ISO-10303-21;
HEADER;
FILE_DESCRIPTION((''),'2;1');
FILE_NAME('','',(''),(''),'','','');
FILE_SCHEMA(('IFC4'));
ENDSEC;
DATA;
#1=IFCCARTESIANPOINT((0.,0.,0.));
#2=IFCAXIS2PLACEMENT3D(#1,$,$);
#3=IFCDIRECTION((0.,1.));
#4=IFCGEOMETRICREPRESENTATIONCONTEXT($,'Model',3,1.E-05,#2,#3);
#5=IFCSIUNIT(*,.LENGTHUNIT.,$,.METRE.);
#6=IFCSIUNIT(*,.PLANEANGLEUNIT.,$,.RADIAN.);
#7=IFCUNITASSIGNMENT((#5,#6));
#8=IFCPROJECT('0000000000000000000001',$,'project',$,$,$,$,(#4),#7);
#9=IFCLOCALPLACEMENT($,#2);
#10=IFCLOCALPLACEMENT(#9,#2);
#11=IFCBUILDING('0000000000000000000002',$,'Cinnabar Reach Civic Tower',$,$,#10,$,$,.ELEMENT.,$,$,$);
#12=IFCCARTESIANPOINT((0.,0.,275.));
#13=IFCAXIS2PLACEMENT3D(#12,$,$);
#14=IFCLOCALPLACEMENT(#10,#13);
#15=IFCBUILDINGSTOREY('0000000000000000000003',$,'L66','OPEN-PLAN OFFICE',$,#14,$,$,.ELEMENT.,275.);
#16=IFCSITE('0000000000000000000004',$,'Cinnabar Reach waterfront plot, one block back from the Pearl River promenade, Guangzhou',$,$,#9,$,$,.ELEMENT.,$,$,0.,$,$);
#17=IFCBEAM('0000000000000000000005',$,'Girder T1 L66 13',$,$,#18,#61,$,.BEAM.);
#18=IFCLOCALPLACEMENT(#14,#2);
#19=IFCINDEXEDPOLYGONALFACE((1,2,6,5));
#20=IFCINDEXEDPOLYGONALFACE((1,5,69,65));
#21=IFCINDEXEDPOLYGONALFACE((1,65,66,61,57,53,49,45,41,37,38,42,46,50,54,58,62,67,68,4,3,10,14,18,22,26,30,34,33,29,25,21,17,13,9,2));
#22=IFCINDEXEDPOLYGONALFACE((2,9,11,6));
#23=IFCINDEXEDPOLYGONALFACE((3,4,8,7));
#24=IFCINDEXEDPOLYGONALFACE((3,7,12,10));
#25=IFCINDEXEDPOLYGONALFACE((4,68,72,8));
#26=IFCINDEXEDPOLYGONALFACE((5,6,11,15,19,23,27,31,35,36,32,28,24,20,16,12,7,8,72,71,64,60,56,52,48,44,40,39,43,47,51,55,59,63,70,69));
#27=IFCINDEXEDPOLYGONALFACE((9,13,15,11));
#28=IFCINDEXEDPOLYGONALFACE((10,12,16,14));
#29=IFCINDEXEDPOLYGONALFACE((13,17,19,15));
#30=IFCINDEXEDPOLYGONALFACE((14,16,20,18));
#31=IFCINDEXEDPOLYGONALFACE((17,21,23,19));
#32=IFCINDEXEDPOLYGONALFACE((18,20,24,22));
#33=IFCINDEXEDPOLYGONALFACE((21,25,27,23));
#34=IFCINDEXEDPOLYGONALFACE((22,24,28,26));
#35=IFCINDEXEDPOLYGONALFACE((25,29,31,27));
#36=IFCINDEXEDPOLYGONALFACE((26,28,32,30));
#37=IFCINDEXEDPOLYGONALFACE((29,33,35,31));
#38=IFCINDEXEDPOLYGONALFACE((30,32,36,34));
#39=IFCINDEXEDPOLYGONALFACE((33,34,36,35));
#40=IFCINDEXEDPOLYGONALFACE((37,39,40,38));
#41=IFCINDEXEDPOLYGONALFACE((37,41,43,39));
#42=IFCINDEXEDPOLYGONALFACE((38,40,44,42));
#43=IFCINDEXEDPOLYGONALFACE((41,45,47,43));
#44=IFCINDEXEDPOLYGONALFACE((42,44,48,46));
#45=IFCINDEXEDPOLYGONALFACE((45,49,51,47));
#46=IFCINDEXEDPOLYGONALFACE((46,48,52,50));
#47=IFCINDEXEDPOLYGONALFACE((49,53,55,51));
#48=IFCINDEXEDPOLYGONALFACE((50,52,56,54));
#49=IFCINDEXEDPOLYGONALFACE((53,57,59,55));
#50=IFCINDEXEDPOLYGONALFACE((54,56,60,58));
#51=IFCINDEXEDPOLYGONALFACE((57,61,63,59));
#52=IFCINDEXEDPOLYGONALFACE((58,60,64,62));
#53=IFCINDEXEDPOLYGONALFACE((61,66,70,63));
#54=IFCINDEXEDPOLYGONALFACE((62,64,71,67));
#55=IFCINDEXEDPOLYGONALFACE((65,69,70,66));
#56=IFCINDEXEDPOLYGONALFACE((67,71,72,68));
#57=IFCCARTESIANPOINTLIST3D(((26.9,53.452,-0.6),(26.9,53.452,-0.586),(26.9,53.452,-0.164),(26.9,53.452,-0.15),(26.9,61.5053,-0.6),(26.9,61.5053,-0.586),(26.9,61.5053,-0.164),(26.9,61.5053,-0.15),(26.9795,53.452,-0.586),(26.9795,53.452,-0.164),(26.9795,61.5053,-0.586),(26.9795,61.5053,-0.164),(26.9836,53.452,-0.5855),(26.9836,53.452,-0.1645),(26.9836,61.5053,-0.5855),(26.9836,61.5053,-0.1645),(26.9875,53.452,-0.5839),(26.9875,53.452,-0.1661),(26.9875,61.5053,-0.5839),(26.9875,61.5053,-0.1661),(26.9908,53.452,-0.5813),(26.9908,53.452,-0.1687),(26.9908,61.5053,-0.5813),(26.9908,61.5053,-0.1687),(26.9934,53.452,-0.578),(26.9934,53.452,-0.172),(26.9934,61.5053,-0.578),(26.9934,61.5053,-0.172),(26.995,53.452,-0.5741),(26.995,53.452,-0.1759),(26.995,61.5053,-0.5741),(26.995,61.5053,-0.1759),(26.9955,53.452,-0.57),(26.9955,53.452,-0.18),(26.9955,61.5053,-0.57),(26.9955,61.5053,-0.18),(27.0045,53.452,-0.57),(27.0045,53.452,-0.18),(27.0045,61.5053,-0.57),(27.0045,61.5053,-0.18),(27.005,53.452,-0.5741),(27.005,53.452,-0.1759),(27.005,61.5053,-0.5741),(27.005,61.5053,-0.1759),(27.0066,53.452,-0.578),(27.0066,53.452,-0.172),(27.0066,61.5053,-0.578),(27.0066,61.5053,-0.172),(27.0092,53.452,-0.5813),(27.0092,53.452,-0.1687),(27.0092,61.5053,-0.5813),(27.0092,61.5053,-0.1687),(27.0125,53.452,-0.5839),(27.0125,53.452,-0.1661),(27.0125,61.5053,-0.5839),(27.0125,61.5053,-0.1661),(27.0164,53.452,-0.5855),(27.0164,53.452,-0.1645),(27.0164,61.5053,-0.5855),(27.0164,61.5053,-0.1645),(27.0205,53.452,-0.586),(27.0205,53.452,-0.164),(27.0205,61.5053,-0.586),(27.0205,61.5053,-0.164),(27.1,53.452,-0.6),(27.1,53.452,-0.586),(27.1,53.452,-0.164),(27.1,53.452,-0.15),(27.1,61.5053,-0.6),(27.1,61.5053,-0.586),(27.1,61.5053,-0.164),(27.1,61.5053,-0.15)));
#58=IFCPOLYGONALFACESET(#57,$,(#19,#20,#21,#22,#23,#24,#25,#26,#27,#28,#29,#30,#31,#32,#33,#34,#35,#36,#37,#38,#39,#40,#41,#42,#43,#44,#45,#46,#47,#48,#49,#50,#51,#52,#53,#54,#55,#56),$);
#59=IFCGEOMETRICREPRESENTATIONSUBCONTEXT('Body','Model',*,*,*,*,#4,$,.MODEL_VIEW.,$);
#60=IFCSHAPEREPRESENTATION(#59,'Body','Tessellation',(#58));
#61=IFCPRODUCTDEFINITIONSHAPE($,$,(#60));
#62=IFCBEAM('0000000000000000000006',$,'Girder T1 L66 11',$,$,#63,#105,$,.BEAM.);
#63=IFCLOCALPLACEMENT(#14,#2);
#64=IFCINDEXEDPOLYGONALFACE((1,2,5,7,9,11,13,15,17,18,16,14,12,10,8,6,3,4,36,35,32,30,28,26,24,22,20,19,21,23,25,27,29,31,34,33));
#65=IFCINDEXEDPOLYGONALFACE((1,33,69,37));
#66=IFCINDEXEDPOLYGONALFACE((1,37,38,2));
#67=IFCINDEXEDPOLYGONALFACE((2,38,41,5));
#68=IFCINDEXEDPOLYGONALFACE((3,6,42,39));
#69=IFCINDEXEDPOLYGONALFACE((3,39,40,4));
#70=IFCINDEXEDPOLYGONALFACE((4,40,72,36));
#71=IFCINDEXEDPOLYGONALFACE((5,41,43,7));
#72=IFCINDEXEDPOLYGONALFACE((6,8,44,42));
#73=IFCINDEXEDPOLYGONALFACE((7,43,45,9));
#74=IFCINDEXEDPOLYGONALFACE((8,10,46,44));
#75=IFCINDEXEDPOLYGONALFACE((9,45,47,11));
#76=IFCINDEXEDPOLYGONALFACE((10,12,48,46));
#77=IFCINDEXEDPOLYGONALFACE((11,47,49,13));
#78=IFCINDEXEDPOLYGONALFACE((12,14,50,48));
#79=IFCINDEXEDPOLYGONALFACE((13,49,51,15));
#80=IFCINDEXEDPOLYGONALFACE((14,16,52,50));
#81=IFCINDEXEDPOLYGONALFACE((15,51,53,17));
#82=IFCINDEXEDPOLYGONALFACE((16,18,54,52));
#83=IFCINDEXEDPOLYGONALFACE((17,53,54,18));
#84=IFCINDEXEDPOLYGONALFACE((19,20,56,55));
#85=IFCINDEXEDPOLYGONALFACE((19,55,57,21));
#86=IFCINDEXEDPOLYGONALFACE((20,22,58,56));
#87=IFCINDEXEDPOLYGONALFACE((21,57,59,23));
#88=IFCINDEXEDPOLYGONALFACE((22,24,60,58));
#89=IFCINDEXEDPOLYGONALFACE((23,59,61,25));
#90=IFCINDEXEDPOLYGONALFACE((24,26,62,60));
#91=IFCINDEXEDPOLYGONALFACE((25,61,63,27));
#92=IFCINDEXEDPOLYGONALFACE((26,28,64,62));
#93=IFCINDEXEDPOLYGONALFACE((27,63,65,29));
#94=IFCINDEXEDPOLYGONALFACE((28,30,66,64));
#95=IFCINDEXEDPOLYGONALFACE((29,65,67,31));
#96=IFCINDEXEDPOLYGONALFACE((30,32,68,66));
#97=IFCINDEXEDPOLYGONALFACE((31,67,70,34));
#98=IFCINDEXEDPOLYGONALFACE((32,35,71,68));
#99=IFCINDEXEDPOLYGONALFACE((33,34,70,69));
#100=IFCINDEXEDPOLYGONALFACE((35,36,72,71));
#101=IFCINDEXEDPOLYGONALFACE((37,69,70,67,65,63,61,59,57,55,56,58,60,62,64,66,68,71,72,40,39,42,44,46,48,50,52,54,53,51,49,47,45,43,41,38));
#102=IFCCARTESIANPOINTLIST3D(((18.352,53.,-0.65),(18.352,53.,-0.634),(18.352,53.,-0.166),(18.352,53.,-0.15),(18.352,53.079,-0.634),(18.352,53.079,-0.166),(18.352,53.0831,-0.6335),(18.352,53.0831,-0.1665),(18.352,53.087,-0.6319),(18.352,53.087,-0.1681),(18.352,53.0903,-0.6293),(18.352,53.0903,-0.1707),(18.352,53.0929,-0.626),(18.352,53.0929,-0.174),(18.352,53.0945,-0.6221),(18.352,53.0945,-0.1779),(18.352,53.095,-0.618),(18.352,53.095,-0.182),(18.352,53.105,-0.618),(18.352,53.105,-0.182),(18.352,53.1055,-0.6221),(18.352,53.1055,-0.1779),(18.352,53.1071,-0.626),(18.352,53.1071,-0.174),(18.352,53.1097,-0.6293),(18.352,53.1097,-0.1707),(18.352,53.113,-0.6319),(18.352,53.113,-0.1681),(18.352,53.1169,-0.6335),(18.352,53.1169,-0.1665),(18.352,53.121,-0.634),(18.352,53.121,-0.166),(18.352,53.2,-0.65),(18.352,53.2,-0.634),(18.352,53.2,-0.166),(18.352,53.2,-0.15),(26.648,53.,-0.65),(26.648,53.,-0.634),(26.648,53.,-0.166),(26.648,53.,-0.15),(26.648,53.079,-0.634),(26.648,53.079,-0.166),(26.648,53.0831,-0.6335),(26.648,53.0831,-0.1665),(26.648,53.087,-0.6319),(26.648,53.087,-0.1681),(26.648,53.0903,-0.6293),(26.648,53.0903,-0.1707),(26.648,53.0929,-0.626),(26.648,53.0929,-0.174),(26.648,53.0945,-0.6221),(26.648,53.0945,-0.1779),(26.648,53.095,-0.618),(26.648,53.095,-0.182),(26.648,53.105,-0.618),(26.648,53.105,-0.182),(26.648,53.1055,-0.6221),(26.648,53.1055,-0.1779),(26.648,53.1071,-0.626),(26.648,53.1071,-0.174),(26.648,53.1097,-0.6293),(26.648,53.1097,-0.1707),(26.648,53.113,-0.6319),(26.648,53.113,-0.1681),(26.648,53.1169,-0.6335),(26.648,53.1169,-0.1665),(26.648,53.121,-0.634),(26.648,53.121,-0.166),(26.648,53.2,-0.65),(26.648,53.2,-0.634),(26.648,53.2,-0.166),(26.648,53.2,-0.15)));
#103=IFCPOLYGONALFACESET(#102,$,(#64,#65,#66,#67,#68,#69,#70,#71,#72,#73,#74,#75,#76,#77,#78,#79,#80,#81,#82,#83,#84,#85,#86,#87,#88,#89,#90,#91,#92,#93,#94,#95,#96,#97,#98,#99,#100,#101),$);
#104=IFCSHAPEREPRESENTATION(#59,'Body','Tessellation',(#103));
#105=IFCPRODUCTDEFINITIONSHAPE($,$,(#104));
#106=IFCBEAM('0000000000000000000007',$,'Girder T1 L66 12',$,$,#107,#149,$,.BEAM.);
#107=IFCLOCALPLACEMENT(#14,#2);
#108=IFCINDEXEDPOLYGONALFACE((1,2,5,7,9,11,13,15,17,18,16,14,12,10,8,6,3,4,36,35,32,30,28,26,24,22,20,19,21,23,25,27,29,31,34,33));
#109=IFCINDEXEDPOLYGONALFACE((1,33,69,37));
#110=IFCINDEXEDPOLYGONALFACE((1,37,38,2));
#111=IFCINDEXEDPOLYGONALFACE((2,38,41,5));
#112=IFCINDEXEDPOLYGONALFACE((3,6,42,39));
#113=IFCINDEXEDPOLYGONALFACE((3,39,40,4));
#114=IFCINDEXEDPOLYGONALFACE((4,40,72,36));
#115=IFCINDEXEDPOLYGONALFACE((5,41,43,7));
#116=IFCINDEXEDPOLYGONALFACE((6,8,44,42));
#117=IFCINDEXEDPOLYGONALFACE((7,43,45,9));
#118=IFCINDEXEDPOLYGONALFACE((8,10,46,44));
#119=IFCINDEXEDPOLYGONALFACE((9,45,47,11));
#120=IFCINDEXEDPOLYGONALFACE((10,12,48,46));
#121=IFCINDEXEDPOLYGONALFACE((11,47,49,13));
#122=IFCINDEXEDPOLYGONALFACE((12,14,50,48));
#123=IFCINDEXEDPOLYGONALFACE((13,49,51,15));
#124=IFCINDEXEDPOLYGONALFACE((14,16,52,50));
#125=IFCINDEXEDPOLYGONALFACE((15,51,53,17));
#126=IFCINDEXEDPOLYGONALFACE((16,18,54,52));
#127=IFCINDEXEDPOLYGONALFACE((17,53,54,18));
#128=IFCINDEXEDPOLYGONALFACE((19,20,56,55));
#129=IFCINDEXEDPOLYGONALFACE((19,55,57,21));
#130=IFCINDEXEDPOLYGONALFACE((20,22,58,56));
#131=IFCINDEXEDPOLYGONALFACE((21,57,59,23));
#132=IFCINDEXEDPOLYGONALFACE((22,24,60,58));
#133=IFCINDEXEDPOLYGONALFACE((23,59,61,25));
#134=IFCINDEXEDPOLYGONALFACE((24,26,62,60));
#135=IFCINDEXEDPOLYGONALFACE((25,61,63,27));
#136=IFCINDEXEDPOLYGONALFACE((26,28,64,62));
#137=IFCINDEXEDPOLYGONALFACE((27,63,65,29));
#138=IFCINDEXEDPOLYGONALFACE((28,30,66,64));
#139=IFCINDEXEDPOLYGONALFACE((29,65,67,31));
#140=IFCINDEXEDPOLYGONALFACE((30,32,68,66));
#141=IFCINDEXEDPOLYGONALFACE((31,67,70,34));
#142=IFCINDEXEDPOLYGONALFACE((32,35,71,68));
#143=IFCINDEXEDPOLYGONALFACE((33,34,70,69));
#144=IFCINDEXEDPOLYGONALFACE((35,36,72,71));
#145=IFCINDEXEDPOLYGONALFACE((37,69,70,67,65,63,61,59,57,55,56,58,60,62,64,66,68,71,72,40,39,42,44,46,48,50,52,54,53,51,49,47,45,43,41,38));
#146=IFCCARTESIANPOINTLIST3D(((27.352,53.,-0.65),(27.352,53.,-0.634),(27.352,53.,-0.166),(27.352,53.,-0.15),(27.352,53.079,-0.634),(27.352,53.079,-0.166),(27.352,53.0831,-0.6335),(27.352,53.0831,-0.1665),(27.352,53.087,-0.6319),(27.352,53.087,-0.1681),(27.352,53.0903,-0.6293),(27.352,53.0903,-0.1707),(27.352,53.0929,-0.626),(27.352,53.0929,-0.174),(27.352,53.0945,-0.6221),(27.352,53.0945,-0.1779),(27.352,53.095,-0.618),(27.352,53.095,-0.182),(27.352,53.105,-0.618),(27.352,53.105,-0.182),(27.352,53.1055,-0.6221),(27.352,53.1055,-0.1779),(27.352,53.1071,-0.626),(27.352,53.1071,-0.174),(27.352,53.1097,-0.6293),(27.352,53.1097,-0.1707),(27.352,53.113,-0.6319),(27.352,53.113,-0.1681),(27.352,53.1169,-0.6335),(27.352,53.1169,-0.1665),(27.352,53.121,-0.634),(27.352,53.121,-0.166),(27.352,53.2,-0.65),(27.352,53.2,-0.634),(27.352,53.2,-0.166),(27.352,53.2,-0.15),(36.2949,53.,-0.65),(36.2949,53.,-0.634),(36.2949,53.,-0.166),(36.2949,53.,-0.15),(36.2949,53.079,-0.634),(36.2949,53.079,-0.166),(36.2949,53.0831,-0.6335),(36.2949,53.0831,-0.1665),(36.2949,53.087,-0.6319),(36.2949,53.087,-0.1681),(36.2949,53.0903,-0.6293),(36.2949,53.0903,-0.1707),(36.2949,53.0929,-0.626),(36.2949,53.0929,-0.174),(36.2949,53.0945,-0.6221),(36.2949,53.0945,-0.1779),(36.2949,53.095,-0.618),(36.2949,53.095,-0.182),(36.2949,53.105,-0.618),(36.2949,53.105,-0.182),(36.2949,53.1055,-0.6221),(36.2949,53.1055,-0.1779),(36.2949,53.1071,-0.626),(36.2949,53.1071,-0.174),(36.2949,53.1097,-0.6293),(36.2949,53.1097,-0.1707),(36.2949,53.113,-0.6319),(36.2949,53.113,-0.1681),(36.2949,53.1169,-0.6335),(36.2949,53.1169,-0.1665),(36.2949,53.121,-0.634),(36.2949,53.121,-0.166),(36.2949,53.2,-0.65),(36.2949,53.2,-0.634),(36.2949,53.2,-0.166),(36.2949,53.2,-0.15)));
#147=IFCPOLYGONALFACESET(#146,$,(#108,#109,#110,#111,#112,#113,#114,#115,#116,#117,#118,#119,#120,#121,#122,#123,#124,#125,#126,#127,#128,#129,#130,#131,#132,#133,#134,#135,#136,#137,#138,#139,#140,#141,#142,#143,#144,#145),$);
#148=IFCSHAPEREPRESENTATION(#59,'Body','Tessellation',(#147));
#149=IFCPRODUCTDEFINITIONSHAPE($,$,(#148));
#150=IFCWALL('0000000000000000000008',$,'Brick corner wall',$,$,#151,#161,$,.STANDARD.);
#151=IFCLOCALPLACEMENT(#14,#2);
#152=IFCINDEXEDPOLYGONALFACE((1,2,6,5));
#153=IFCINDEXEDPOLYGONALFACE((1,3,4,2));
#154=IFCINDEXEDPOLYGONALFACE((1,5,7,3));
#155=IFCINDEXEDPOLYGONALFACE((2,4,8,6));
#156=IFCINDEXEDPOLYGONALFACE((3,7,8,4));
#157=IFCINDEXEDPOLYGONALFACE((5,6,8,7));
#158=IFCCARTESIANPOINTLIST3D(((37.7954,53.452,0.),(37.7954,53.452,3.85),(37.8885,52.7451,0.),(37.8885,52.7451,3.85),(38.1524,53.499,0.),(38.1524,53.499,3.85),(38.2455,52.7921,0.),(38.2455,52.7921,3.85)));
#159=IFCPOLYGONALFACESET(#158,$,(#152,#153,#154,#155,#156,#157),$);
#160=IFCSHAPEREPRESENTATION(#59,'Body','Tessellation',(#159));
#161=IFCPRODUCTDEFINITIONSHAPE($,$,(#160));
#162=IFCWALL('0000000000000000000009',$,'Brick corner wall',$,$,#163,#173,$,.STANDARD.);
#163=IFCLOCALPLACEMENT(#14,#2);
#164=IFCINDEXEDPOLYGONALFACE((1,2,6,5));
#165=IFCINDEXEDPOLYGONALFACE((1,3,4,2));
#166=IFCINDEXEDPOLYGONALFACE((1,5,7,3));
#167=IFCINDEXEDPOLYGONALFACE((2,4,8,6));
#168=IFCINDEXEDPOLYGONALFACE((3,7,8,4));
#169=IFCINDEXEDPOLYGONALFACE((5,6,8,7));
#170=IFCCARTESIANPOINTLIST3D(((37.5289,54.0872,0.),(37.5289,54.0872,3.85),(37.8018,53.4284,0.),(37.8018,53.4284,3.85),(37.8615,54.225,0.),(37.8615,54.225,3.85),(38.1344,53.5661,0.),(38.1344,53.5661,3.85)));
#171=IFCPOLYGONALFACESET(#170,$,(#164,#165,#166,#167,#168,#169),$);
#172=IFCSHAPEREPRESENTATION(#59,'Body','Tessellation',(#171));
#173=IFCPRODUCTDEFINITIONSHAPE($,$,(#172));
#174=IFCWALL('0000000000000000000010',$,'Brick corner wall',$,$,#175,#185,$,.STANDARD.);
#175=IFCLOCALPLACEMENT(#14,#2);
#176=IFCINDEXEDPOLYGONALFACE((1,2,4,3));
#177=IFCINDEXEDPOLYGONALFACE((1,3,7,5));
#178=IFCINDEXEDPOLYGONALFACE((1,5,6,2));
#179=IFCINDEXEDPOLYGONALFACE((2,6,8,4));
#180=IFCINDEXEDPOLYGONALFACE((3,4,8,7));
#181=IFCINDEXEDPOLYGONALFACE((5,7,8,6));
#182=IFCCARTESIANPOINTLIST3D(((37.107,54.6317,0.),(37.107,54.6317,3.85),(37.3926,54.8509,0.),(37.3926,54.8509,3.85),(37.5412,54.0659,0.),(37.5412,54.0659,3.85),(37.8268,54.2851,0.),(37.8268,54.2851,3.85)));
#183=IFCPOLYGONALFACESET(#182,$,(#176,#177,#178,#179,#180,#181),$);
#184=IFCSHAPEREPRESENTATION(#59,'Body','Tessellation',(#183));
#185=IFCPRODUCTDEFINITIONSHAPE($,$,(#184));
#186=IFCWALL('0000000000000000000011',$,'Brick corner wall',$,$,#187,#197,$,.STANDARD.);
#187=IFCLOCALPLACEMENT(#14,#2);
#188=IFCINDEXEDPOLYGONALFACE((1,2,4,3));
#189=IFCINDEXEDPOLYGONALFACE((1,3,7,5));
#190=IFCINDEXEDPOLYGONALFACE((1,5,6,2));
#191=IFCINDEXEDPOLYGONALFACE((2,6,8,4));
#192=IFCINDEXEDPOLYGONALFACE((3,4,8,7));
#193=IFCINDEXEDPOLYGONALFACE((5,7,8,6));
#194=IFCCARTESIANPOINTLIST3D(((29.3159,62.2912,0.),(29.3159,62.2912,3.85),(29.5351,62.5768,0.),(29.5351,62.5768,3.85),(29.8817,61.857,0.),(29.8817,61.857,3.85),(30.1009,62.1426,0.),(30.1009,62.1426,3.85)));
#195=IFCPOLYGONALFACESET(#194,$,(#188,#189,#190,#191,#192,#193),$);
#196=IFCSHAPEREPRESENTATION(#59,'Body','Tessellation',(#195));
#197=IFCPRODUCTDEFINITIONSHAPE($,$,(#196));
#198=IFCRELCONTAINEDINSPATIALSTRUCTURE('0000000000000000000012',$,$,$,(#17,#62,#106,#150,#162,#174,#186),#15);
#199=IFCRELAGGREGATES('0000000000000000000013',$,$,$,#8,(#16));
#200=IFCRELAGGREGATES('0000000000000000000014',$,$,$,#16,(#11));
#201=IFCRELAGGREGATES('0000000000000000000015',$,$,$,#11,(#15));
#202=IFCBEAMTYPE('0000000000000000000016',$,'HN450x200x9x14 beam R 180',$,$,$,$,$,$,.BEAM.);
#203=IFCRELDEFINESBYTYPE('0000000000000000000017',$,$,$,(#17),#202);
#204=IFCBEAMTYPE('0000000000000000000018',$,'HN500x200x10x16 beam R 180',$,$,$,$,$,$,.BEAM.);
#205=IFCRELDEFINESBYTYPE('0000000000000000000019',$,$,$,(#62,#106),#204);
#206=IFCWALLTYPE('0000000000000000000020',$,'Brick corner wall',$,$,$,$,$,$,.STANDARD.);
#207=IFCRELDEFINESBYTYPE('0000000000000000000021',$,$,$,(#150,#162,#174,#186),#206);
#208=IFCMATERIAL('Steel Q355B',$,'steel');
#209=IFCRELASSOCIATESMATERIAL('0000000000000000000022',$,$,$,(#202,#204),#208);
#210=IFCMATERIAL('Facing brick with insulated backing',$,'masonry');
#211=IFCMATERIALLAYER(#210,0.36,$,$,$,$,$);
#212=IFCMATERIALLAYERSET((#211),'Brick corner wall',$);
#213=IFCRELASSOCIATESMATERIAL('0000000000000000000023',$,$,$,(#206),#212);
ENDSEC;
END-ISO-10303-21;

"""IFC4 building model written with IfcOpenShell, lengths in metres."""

from ifc_helpers import new_model, si_unit, direction, frame, frame_2d, origin, origin_2d, place, context, subcontext, project, spatial, rectangle, i_section, extrude, material, layer, layer_set, material_profile, profile_set, type_object, element, save


model = new_model("IFC4")

# Units and contexts
model_context = context("Model", 3, precision=1e-05, world=origin(), true_north=direction((0.0, 1.0)))
body_context = subcontext(model_context, "Body", "Model", "MODEL_VIEW")
ifc_project = project(units=[si_unit("LENGTHUNIT", "METRE"), si_unit("PLANEANGLEUNIT", "RADIAN")], contexts=[model_context])

# Site, building, storey
site_placement = place(None, origin())
site = spatial("IfcSite", under=ifc_project, at=site_placement, Name="Cinnabar Reach waterfront plot, one block back from the Pearl River promenade, Guangzhou", CompositionType="ELEMENT", RefElevation=0.0)
building_placement = place(site_placement, origin())
building = spatial("IfcBuilding", under=site, at=building_placement, Name="Cinnabar Reach Civic Tower", CompositionType="ELEMENT")
storey_placement = place(building_placement, frame((0.0, 0.0, 275.0)))
storey = spatial("IfcBuildingStorey", under=building, at=storey_placement, Name="L66", Description="OPEN-PLAN OFFICE", CompositionType="ELEMENT", Elevation=275.0)

# Beams
ifc_material_1 = material(Name="Steel Q355B", Category="steel")
ifc_material_profile_1 = material_profile(ifc_material_1, i_section(OverallWidth=0.2, OverallDepth=0.45, WebThickness=0.009, FlangeThickness=0.014, FilletRadius=0.016, at=origin_2d()), Name="HN450x200x9x14")
ifc_profile_set_1 = profile_set([ifc_material_profile_1], Name="Steel Q355B")
beam_type_1 = type_object("IfcBeamType", Name="HN450x200x9x14 beam R 180", PredefinedType="BEAM", material=ifc_profile_set_1)
beam_1_placement = place(storey_placement, frame((27.0, 53.452, -0.375), z_axis=(0.0, 1.0, 0.0), x_axis=(-1.0, 0.0, 0.0)))
element("IfcBeam", 1, at=beam_1_placement, inside=storey, type_object=beam_type_1, Name="Girder T1 L66 13", PredefinedType="BEAM", context=body_context, shape_type="SweptSolid", body=[
    extrude(i_section(OverallWidth=0.2, OverallDepth=0.45, WebThickness=0.009, FlangeThickness=0.014, FilletRadius=0.016, at=origin_2d()), origin(), (0.0, 0.0, 1.0), 8.0533),
])
ifc_material_profile_2 = material_profile(ifc_material_1, i_section(OverallWidth=0.2, OverallDepth=0.5, WebThickness=0.01, FlangeThickness=0.016, FilletRadius=0.016, at=origin_2d()), Name="HN500x200x10x16")
ifc_profile_set_2 = profile_set([ifc_material_profile_2], Name="Steel Q355B")
beam_type_2 = type_object("IfcBeamType", Name="HN500x200x10x16 beam R 180", PredefinedType="BEAM", material=ifc_profile_set_2)
beam_2_placement = place(storey_placement, frame((18.352, 53.1, -0.4), z_axis=(1.0, 0.0, 0.0), x_axis=(0.0, 1.0, 0.0)))
element("IfcBeam", 2, at=beam_2_placement, inside=storey, type_object=beam_type_2, Name="Girder T1 L66 11", PredefinedType="BEAM", context=body_context, shape_type="SweptSolid", body=[
    extrude(i_section(OverallWidth=0.2, OverallDepth=0.5, WebThickness=0.01, FlangeThickness=0.016, FilletRadius=0.016, at=origin_2d()), origin(), (0.0, 0.0, 1.0), 8.296),
])
beam_3_placement = place(storey_placement, frame((27.352, 53.1, -0.4), z_axis=(1.0, 0.0, 0.0), x_axis=(0.0, 1.0, 0.0)))
element("IfcBeam", 3, at=beam_3_placement, inside=storey, type_object=beam_type_2, Name="Girder T1 L66 12", PredefinedType="BEAM", context=body_context, shape_type="SweptSolid", body=[
    extrude(i_section(OverallWidth=0.2, OverallDepth=0.5, WebThickness=0.01, FlangeThickness=0.016, FilletRadius=0.016, at=origin_2d()), origin(), (0.0, 0.0, 1.0), 8.9429),
])

# Walls
ifc_material_2 = material(Name="Facing brick with insulated backing", Category="masonry")
ifc_layer_1 = layer(ifc_material_2, 0.36)
ifc_layer_set_1 = layer_set([ifc_layer_1], Name="Brick corner wall")
wall_type_1 = type_object("IfcWallType", Name="Brick corner wall", PredefinedType="STANDARD", material=ifc_layer_set_1)
for number, where, z_axis, x_axis, name in (
    (4, (38.067, 52.7686, 0.0), (0.0, 0.0, 1.0), (-0.130556, 0.991441, 0.0), "Brick corner wall"),
    (5, (37.9681, 53.4973, 0.0), (0.0, 0.0, 1.0), (-0.382703, 0.923872, 0.0), "Brick corner wall"),
):
    element("IfcWall", number, at=place(storey_placement, frame(where, z_axis=z_axis, x_axis=x_axis)), inside=storey, type_object=wall_type_1, Name=name, PredefinedType="STANDARD", context=body_context, shape_type="SweptSolid", body=[
        extrude(rectangle(XDim=0.7131, YDim=0.36, at=frame_2d((0.3565, 0.0))), origin(), (0.0, 0.0, 1.0), 3.85),
    ])
for number, where, z_axis, x_axis, name in (
    (6, (37.684, 54.1755, 0.0), (0.0, 0.0, 1.0), (-0.608802, 0.793322, 0.0), "Brick corner wall"),
    (7, (29.9913, 61.9998, 0.0), (0.0, 0.0, 1.0), (-0.793322, 0.608802, 0.0), "Brick corner wall"),
):
    element("IfcWall", number, at=place(storey_placement, frame(where, z_axis=z_axis, x_axis=x_axis)), inside=storey, type_object=wall_type_1, Name=name, PredefinedType="STANDARD", context=body_context, shape_type="SweptSolid", body=[
        extrude(rectangle(XDim=0.7132, YDim=0.36, at=frame_2d((0.3566, 0.0))), origin(), (0.0, 0.0, 1.0), 3.85),
    ])

save(model, "model.ifc")
